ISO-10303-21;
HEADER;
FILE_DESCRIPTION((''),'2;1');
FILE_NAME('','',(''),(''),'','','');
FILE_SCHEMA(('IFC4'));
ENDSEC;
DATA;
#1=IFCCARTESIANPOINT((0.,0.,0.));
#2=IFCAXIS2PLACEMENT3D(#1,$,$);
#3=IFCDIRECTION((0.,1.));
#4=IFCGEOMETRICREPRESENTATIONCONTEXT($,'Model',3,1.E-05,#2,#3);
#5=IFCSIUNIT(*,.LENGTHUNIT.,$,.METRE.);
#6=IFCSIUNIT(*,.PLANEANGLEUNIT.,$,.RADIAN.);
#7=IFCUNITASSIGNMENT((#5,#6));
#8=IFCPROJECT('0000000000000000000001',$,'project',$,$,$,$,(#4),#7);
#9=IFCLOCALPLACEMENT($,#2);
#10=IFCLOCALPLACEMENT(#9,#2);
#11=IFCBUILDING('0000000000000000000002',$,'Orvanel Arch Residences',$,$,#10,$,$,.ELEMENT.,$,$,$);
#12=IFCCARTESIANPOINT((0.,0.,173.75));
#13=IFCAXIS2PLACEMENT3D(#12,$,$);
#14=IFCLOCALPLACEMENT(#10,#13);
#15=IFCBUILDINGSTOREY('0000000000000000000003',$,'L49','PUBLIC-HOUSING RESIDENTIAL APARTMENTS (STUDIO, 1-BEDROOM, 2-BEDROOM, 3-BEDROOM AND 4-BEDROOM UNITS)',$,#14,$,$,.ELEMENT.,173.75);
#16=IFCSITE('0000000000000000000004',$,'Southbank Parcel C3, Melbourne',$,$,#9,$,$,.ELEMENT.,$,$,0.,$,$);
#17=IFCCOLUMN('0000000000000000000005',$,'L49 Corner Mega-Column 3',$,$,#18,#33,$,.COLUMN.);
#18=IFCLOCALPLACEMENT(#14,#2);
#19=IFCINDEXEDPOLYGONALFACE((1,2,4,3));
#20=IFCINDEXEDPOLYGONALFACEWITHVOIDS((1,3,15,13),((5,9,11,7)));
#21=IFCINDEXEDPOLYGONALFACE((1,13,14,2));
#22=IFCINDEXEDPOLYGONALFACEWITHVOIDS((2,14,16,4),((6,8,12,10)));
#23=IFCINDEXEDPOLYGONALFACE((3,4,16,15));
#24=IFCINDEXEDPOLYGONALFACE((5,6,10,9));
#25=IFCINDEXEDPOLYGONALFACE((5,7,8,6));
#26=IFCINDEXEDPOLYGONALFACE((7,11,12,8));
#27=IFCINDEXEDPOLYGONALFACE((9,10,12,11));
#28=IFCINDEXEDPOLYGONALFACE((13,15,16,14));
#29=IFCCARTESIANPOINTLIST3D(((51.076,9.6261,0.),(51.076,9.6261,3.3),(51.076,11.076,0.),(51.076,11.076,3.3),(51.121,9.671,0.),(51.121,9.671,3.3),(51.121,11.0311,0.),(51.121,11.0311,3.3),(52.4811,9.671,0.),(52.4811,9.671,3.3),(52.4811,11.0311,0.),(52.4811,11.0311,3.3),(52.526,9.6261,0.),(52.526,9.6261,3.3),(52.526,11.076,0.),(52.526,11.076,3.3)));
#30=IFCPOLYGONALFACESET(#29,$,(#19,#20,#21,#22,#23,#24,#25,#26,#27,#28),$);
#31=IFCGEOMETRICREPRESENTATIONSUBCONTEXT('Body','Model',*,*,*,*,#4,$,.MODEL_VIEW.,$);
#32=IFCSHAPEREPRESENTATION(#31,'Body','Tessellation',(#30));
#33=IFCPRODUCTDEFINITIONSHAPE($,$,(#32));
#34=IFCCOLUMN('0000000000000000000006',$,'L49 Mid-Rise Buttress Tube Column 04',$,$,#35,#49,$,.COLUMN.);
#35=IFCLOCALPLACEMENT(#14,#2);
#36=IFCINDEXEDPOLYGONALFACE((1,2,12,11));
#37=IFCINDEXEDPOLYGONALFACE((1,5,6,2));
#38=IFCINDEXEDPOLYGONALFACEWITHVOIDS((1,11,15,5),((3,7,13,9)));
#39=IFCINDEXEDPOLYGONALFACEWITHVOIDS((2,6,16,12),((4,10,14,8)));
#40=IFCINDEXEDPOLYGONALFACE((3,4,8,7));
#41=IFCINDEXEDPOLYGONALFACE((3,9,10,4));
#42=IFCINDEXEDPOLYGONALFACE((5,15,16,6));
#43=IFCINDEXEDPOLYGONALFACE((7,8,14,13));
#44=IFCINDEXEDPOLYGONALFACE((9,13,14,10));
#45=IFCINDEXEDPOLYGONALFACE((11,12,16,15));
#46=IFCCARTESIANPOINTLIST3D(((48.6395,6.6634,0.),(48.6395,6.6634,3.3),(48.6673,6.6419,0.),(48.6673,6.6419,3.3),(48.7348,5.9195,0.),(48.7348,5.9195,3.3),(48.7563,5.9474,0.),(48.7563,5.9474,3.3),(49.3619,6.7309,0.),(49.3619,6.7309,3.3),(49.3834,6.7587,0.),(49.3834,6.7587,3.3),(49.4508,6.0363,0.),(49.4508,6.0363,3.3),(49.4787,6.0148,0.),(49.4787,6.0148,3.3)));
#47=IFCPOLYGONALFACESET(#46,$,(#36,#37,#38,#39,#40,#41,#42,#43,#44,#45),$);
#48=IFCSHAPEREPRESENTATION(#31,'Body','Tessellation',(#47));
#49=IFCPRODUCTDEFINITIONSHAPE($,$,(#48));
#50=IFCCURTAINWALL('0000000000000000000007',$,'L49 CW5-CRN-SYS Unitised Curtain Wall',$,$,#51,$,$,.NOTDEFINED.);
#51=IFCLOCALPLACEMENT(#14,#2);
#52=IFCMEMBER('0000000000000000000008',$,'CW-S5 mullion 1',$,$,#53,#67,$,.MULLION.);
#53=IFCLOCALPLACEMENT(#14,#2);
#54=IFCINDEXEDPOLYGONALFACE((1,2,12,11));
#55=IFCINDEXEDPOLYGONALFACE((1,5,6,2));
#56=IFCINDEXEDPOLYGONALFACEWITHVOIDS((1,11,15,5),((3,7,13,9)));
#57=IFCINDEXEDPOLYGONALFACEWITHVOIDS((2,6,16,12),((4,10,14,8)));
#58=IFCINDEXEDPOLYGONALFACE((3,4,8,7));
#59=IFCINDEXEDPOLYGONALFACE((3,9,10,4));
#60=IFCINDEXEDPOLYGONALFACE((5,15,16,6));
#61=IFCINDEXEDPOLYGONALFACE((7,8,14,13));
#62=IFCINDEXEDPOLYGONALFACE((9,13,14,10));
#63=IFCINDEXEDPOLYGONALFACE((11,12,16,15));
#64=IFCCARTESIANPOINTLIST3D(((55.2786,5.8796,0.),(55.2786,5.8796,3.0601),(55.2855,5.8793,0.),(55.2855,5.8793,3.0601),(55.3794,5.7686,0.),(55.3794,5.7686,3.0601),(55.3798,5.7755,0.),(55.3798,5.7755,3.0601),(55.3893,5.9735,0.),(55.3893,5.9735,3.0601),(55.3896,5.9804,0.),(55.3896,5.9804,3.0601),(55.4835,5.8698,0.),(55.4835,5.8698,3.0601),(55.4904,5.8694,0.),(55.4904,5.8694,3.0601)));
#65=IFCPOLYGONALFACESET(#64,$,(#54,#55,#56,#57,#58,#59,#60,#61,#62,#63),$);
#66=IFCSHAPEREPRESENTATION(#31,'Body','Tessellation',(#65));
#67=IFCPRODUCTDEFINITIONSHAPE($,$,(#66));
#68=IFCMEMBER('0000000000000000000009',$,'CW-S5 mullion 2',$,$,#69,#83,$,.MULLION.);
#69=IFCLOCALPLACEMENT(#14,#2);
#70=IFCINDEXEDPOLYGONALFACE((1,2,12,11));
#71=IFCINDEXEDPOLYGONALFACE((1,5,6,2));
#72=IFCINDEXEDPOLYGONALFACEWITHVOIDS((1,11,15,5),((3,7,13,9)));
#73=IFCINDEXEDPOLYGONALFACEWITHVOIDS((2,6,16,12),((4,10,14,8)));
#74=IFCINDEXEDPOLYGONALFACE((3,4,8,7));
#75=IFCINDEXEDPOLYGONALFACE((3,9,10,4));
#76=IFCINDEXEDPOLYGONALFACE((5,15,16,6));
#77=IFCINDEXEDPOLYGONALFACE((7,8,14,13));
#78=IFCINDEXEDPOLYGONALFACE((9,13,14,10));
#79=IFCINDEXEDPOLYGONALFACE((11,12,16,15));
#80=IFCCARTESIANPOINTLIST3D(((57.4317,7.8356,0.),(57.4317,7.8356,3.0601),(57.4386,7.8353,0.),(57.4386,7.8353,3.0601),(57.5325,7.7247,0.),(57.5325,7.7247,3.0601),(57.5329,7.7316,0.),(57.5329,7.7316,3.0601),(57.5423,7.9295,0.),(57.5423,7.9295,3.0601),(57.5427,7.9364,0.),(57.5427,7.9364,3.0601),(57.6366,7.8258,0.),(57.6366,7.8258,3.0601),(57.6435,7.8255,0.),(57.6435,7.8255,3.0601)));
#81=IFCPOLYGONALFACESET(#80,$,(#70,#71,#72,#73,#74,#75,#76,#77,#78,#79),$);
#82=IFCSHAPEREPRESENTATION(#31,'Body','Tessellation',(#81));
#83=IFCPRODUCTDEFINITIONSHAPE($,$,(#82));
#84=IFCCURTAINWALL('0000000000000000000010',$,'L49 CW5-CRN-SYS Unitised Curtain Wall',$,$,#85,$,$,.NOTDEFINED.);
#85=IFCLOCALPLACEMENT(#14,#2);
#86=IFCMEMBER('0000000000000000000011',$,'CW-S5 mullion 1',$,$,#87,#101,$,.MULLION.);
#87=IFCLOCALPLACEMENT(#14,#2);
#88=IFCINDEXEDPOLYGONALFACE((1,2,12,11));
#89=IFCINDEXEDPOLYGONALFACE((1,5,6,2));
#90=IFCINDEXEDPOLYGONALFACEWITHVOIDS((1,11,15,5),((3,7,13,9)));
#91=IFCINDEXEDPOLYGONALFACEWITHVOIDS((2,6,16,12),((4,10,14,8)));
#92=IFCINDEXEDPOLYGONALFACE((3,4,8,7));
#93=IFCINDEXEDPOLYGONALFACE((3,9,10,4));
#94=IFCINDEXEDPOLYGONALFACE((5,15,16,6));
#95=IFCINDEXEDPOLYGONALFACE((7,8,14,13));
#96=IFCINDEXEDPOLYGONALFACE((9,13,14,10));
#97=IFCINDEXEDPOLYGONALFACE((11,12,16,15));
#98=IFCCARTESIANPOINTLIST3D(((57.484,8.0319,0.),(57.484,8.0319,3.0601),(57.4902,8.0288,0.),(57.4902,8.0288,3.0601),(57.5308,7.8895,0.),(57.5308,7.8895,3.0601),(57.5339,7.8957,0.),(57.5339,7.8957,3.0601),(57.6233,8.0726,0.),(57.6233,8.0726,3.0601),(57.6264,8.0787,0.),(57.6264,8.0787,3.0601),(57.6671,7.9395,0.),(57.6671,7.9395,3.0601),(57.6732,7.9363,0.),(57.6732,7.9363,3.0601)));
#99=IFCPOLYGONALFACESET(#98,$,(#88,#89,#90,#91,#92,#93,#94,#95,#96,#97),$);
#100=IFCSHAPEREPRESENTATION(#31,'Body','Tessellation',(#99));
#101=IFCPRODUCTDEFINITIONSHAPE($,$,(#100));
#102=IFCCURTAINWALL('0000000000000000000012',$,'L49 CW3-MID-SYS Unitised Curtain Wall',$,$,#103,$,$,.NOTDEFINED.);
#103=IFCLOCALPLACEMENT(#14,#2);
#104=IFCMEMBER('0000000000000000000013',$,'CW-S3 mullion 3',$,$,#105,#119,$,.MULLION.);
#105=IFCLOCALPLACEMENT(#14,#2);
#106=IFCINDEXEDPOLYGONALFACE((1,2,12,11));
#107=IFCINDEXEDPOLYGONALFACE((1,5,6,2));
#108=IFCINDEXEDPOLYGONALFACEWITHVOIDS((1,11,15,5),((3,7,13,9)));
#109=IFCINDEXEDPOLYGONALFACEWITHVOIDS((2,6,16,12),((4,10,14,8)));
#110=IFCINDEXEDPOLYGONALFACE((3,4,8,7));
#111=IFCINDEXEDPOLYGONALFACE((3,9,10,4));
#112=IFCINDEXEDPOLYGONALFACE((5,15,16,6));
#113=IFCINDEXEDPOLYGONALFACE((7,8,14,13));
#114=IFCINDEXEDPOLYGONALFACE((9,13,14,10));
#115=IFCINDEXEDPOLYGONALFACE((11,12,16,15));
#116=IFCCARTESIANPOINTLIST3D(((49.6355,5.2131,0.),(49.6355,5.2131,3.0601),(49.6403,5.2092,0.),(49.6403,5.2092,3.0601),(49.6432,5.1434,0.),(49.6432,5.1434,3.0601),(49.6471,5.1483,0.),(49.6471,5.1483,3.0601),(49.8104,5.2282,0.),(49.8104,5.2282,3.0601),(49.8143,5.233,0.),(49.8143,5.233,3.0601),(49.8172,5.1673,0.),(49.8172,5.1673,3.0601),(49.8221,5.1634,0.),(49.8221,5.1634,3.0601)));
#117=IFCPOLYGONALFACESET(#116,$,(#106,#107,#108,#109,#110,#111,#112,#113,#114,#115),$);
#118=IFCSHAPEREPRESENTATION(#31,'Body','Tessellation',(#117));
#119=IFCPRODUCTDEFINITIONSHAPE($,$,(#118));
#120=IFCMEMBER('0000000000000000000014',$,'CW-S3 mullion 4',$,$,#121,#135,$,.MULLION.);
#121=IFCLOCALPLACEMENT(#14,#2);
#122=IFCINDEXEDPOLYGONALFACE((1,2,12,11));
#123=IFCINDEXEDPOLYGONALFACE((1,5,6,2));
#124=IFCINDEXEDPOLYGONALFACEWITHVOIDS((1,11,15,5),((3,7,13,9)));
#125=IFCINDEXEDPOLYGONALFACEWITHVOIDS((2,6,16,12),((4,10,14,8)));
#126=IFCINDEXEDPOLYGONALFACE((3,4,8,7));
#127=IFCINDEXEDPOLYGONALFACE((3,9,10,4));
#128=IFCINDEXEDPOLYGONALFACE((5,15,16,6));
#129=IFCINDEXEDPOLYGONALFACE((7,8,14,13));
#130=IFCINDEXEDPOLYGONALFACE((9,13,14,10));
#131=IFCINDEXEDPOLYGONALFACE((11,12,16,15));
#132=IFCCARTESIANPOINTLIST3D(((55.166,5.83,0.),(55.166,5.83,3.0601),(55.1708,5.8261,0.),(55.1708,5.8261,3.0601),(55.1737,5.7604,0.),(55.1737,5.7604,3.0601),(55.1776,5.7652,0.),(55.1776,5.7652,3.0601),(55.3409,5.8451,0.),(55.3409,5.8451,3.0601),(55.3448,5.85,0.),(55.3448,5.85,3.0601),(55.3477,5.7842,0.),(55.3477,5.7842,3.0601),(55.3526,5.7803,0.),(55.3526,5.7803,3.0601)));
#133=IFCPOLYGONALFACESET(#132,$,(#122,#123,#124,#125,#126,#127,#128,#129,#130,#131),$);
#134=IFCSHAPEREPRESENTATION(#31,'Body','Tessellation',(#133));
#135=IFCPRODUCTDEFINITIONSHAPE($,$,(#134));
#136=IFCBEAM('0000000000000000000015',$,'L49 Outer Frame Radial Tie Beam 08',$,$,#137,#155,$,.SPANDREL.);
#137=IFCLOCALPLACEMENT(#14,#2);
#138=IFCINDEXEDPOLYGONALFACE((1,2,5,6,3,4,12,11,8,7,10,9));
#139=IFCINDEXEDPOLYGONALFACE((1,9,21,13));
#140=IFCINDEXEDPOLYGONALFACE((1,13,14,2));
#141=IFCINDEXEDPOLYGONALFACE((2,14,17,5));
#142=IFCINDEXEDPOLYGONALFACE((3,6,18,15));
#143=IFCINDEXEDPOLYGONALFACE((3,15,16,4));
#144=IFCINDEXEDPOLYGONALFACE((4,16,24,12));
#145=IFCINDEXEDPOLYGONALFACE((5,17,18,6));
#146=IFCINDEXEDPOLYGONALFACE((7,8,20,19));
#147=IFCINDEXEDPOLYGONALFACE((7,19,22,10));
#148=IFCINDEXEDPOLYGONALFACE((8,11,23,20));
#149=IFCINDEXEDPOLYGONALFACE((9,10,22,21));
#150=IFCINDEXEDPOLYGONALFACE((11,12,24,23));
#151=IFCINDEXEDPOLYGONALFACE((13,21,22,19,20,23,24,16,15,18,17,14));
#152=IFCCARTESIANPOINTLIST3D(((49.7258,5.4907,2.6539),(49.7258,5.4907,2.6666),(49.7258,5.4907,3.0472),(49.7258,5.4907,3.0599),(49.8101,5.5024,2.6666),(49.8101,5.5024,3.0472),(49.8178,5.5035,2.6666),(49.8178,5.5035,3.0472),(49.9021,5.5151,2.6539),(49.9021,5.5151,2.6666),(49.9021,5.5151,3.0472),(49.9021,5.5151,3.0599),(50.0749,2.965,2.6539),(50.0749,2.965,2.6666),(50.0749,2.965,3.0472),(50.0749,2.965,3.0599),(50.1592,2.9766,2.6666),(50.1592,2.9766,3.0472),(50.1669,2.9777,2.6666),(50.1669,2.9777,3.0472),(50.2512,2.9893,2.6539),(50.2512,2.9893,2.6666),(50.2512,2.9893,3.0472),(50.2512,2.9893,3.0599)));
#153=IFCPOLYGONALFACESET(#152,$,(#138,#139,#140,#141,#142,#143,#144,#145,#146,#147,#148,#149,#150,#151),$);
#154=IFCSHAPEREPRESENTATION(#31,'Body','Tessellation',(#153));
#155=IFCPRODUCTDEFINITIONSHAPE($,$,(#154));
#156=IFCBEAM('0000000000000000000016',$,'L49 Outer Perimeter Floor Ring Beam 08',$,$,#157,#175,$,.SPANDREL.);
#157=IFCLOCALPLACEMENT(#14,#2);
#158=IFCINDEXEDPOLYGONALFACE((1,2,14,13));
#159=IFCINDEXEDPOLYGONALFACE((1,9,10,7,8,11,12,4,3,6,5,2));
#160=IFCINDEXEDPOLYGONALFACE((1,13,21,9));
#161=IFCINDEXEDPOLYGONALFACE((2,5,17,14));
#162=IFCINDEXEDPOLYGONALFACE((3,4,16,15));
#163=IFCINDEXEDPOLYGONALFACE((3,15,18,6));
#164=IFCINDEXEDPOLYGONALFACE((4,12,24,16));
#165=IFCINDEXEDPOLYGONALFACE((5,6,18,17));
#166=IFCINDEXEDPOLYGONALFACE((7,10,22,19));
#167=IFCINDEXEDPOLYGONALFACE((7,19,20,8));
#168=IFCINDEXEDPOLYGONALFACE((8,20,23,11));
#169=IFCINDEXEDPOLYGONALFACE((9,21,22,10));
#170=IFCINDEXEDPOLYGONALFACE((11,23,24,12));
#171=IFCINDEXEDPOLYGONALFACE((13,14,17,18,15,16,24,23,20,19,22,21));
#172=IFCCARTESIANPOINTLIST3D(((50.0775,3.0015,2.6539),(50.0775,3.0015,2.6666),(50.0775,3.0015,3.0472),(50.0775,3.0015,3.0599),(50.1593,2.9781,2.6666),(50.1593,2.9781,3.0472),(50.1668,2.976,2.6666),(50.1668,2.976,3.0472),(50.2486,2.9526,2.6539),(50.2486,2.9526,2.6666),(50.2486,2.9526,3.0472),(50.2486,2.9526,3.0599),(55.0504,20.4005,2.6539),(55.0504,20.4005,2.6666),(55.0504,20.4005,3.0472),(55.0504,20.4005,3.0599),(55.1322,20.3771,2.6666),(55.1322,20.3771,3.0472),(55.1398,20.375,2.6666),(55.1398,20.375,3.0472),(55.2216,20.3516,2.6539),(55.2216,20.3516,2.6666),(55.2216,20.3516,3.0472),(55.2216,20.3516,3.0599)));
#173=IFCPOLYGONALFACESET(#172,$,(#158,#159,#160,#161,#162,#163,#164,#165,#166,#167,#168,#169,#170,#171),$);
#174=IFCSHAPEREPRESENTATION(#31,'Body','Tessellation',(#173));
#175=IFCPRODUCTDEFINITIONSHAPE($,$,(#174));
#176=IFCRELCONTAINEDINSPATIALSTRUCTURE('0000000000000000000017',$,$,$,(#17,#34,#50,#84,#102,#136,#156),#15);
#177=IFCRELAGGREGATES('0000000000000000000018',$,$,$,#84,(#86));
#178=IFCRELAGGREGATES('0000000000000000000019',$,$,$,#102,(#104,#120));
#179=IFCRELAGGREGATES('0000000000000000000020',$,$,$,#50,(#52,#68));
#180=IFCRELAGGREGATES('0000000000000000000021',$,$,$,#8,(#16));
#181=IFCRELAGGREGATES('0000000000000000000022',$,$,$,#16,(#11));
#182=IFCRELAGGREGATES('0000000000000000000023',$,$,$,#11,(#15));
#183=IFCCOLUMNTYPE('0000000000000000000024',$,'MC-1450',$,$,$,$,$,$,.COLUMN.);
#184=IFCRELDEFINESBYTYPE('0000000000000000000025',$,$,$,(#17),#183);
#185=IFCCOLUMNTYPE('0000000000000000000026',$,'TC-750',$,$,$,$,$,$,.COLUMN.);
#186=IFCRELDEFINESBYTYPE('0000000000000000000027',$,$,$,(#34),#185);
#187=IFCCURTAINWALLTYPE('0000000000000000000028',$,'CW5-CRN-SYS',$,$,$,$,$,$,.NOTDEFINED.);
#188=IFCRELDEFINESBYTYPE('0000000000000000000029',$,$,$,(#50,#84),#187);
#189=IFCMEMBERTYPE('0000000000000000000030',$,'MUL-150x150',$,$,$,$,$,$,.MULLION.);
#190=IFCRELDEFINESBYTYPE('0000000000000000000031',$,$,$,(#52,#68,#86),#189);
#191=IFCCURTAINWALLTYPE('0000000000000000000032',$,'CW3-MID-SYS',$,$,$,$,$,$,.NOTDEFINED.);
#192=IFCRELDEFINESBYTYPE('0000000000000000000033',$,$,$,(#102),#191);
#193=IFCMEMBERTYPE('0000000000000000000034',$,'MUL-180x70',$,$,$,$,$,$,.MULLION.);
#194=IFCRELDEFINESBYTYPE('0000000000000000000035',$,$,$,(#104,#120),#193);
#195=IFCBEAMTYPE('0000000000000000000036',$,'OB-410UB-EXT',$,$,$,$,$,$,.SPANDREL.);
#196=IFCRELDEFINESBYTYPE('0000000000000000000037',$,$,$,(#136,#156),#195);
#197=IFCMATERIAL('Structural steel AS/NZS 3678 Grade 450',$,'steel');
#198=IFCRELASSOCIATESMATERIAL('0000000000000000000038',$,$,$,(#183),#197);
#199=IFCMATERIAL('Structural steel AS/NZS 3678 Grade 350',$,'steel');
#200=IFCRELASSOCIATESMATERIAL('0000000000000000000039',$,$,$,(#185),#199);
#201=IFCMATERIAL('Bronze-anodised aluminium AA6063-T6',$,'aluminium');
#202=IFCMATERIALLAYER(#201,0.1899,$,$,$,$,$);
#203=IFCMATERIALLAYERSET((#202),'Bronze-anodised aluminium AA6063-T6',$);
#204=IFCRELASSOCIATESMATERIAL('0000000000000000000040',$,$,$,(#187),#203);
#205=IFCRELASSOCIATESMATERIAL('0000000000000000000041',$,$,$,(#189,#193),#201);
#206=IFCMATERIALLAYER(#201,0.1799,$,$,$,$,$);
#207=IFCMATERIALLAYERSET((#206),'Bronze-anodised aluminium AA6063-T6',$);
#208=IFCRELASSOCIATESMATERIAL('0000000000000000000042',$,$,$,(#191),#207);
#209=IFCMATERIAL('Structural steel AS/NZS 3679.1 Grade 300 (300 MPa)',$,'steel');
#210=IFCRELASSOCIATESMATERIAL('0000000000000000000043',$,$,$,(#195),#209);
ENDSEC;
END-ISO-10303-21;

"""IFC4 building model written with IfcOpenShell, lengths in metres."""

from ifc_helpers import new_model, si_unit, direction, frame, origin, origin_2d, place, context, subcontext, project, spatial, hollow_rectangle, i_section, extrude, material, layer, layer_set, material_profile, profile_set, type_object, element, aggregate, save


model = new_model("IFC4")

# Units and contexts
model_context = context("Model", 3, precision=1e-05, world=origin(), true_north=direction((0.0, 1.0)))
body_context = subcontext(model_context, "Body", "Model", "MODEL_VIEW")
ifc_project = project(units=[si_unit("LENGTHUNIT", "METRE"), si_unit("PLANEANGLEUNIT", "RADIAN")], contexts=[model_context])

# Site, building, storey
site_placement = place(None, origin())
site = spatial("IfcSite", under=ifc_project, at=site_placement, Name="Southbank Parcel C3, Melbourne", CompositionType="ELEMENT", RefElevation=0.0)
building_placement = place(site_placement, origin())
building = spatial("IfcBuilding", under=site, at=building_placement, Name="Orvanel Arch Residences", CompositionType="ELEMENT")
storey_placement = place(building_placement, frame((0.0, 0.0, 173.75)))
storey = spatial("IfcBuildingStorey", under=building, at=storey_placement, Name="L49", Description="PUBLIC-HOUSING RESIDENTIAL APARTMENTS (STUDIO, 1-BEDROOM, 2-BEDROOM, 3-BEDROOM AND 4-BEDROOM UNITS)", CompositionType="ELEMENT", Elevation=173.75)

# Columns
ifc_material_1 = material(Name="Structural steel AS/NZS 3678 Grade 450", Category="steel")
ifc_material_profile_1 = material_profile(ifc_material_1, hollow_rectangle(XDim=1.45, YDim=1.45, WallThickness=0.0449, at=origin_2d()), Name="BOX1450x1450x45")
ifc_profile_set_1 = profile_set([ifc_material_profile_1], Name="Structural steel AS/NZS 3678 Grade 450")
column_type_1 = type_object("IfcColumnType", Name="MC-1450", PredefinedType="COLUMN", material=ifc_profile_set_1)
column_1_placement = place(storey_placement, frame((51.801, 10.3511, 0.0), z_axis=(0.0, 0.0, 1.0), x_axis=(1.0, 0.0, 0.0)))
element("IfcColumn", 1, at=column_1_placement, inside=storey, type_object=column_type_1, Name="L49 Corner Mega-Column 3", PredefinedType="COLUMN", context=body_context, shape_type="SweptSolid", body=[
    extrude(hollow_rectangle(XDim=1.45, YDim=1.45, WallThickness=0.0449, at=origin_2d()), origin(), (0.0, 0.0, 1.0), 3.3),
])
ifc_material_2 = material(Name="Structural steel AS/NZS 3678 Grade 350", Category="steel")
ifc_material_profile_2 = material_profile(ifc_material_2, hollow_rectangle(XDim=0.75, YDim=0.75, WallThickness=0.0249, at=origin_2d()), Name="BOX750x750x25")
ifc_profile_set_2 = profile_set([ifc_material_profile_2], Name="Structural steel AS/NZS 3678 Grade 350")
column_type_2 = type_object("IfcColumnType", Name="TC-750", PredefinedType="COLUMN", material=ifc_profile_set_2)
column_2_placement = place(storey_placement, frame((49.0591, 6.3391, 0.0), z_axis=(0.0, 0.0, 1.0), x_axis=(0.991894, 0.127065, 0.0)))
element("IfcColumn", 2, at=column_2_placement, inside=storey, type_object=column_type_2, Name="L49 Mid-Rise Buttress Tube Column 04", PredefinedType="COLUMN", context=body_context, shape_type="SweptSolid", body=[
    extrude(hollow_rectangle(XDim=0.75, YDim=0.75, WallThickness=0.0249, at=origin_2d()), origin(), (0.0, 0.0, 1.0), 3.3),
])

# Curtain wall, members
ifc_material_3 = material(Name="Bronze-anodised aluminium AA6063-T6", Category="aluminium")
ifc_layer_1 = layer(ifc_material_3, 0.1899)
ifc_layer_set_1 = layer_set([ifc_layer_1], Name="Bronze-anodised aluminium AA6063-T6")
curtain_wall_type_1 = type_object("IfcCurtainWallType", Name="CW5-CRN-SYS", PredefinedType="NOTDEFINED", material=ifc_layer_set_1)
curtain_wall_1_placement = place(storey_placement, origin())
curtain_wall_1 = element("IfcCurtainWall", 3, at=curtain_wall_1_placement, inside=storey, type_object=curtain_wall_type_1, Name="L49 CW5-CRN-SYS Unitised Curtain Wall", PredefinedType="NOTDEFINED")
ifc_material_profile_3 = material_profile(ifc_material_3, hollow_rectangle(XDim=0.1499, YDim=0.1499, WallThickness=0.0049, at=origin_2d()), Name="ALU150x150x5")
ifc_profile_set_3 = profile_set([ifc_material_profile_3], Name="Bronze-anodised aluminium AA6063-T6")
member_type_1 = type_object("IfcMemberType", Name="MUL-150x150", PredefinedType="MULLION", material=ifc_profile_set_3)
member_1_placement = place(storey_placement, frame((55.3845, 5.8745, 0.0), z_axis=(0.0, 0.0, 1.0), x_axis=(-0.672461, 0.740132, 0.0)))
member_1 = element("IfcMember", 4, at=member_1_placement, type_object=member_type_1, Name="CW-S5 mullion 1", PredefinedType="MULLION", context=body_context, shape_type="SweptSolid", body=[
    extrude(hollow_rectangle(XDim=0.1499, YDim=0.1499, WallThickness=0.0049, at=origin_2d()), origin(), (0.0, 0.0, 1.0), 3.0601),
])
member_2_placement = place(storey_placement, frame((57.5376, 7.8306, 0.0), z_axis=(0.0, 0.0, 1.0), x_axis=(-0.672461, 0.740132, 0.0)))
member_2 = element("IfcMember", 5, at=member_2_placement, type_object=member_type_1, Name="CW-S5 mullion 2", PredefinedType="MULLION", context=body_context, shape_type="SweptSolid", body=[
    extrude(hollow_rectangle(XDim=0.1499, YDim=0.1499, WallThickness=0.0049, at=origin_2d()), origin(), (0.0, 0.0, 1.0), 3.0601),
])

# Curtain wall, member
curtain_wall_2_placement = place(storey_placement, origin())
curtain_wall_2 = element("IfcCurtainWall", 6, at=curtain_wall_2_placement, inside=storey, type_object=curtain_wall_type_1, Name="L49 CW5-CRN-SYS Unitised Curtain Wall", PredefinedType="NOTDEFINED")
member_3_placement = place(storey_placement, frame((57.5786, 7.9841, 0.0), z_axis=(0.0, 0.0, 1.0), x_axis=(-0.949944, -0.31242, 0.0)))
member_3 = element("IfcMember", 7, at=member_3_placement, type_object=member_type_1, Name="CW-S5 mullion 1", PredefinedType="MULLION", context=body_context, shape_type="SweptSolid", body=[
    extrude(hollow_rectangle(XDim=0.1499, YDim=0.1499, WallThickness=0.0049, at=origin_2d()), origin(), (0.0, 0.0, 1.0), 3.0601),
])

# Curtain wall, members
ifc_layer_2 = layer(ifc_material_3, 0.1799)
ifc_layer_set_2 = layer_set([ifc_layer_2], Name="Bronze-anodised aluminium AA6063-T6")
curtain_wall_type_2 = type_object("IfcCurtainWallType", Name="CW3-MID-SYS", PredefinedType="NOTDEFINED", material=ifc_layer_set_2)
curtain_wall_3_placement = place(storey_placement, origin())
curtain_wall_3 = element("IfcCurtainWall", 8, at=curtain_wall_3_placement, inside=storey, type_object=curtain_wall_type_2, Name="L49 CW3-MID-SYS Unitised Curtain Wall", PredefinedType="NOTDEFINED")
ifc_material_profile_4 = material_profile(ifc_material_3, hollow_rectangle(XDim=0.0701, YDim=0.1799, WallThickness=0.0044, at=origin_2d()), Name="ALU180x70x4.5")
ifc_profile_set_4 = profile_set([ifc_material_profile_4], Name="Bronze-anodised aluminium AA6063-T6")
member_type_2 = type_object("IfcMemberType", Name="MUL-180x70", PredefinedType="MULLION", material=ifc_profile_set_4)
member_4_placement = place(storey_placement, frame((49.7288, 5.1882, 0.0), z_axis=(0.0, 0.0, 1.0), x_axis=(-0.110837, 0.993839, 0.0)))
member_4 = element("IfcMember", 9, at=member_4_placement, type_object=member_type_2, Name="CW-S3 mullion 3", PredefinedType="MULLION", context=body_context, shape_type="SweptSolid", body=[
    extrude(hollow_rectangle(XDim=0.0701, YDim=0.1799, WallThickness=0.0044, at=origin_2d()), origin(), (0.0, 0.0, 1.0), 3.0601),
])
member_5_placement = place(storey_placement, frame((55.2593, 5.8052, 0.0), z_axis=(0.0, 0.0, 1.0), x_axis=(-0.110837, 0.993839, 0.0)))
member_5 = element("IfcMember", 10, at=member_5_placement, type_object=member_type_2, Name="CW-S3 mullion 4", PredefinedType="MULLION", context=body_context, shape_type="SweptSolid", body=[
    extrude(hollow_rectangle(XDim=0.0701, YDim=0.1799, WallThickness=0.0044, at=origin_2d()), origin(), (0.0, 0.0, 1.0), 3.0601),
])

# Beams
ifc_material_4 = material(Name="Structural steel AS/NZS 3679.1 Grade 300 (300 MPa)", Category="steel")
ifc_material_profile_5 = material_profile(ifc_material_4, i_section(OverallWidth=0.178, OverallDepth=0.406, WebThickness=0.0078, FlangeThickness=0.0127, at=origin_2d()), Name="410UB59.7")
ifc_profile_set_5 = profile_set([ifc_material_profile_5], Name="Structural steel AS/NZS 3679.1 Grade 300 (300 MPa)")
beam_type_1 = type_object("IfcBeamType", Name="OB-410UB-EXT", PredefinedType="SPANDREL", material=ifc_profile_set_5)
beam_1_placement = place(storey_placement, frame((49.814, 5.5029, 2.8569), z_axis=(0.136916, -0.990583, 0.0), x_axis=(0.990583, 0.136916, 0.0)))
element("IfcBeam", 11, at=beam_1_placement, inside=storey, type_object=beam_type_1, Name="L49 Outer Frame Radial Tie Beam 08", PredefinedType="SPANDREL", context=body_context, shape_type="SweptSolid", body=[
    extrude(i_section(OverallWidth=0.178, OverallDepth=0.406, WebThickness=0.0078, FlangeThickness=0.0127, at=origin_2d()), origin(), (0.0, 0.0, 1.0), 2.5498),
])
beam_2_placement = place(storey_placement, frame((50.1631, 2.9771, 2.8569), z_axis=(0.274812, 0.961498, 0.0), x_axis=(-0.961498, 0.274812, 0.0)))
element("IfcBeam", 12, at=beam_2_placement, inside=storey, type_object=beam_type_1, Name="L49 Outer Perimeter Floor Ring Beam 08", PredefinedType="SPANDREL", context=body_context, shape_type="SweptSolid", body=[
    extrude(i_section(OverallWidth=0.178, OverallDepth=0.406, WebThickness=0.0078, FlangeThickness=0.0127, at=origin_2d()), origin(), (0.0, 0.0, 1.0), 18.0957),
])

aggregate(curtain_wall_2, [member_3])

aggregate(curtain_wall_3, [member_4, member_5])
aggregate(curtain_wall_1, [member_1, member_2])

save(model, "model.ifc")
